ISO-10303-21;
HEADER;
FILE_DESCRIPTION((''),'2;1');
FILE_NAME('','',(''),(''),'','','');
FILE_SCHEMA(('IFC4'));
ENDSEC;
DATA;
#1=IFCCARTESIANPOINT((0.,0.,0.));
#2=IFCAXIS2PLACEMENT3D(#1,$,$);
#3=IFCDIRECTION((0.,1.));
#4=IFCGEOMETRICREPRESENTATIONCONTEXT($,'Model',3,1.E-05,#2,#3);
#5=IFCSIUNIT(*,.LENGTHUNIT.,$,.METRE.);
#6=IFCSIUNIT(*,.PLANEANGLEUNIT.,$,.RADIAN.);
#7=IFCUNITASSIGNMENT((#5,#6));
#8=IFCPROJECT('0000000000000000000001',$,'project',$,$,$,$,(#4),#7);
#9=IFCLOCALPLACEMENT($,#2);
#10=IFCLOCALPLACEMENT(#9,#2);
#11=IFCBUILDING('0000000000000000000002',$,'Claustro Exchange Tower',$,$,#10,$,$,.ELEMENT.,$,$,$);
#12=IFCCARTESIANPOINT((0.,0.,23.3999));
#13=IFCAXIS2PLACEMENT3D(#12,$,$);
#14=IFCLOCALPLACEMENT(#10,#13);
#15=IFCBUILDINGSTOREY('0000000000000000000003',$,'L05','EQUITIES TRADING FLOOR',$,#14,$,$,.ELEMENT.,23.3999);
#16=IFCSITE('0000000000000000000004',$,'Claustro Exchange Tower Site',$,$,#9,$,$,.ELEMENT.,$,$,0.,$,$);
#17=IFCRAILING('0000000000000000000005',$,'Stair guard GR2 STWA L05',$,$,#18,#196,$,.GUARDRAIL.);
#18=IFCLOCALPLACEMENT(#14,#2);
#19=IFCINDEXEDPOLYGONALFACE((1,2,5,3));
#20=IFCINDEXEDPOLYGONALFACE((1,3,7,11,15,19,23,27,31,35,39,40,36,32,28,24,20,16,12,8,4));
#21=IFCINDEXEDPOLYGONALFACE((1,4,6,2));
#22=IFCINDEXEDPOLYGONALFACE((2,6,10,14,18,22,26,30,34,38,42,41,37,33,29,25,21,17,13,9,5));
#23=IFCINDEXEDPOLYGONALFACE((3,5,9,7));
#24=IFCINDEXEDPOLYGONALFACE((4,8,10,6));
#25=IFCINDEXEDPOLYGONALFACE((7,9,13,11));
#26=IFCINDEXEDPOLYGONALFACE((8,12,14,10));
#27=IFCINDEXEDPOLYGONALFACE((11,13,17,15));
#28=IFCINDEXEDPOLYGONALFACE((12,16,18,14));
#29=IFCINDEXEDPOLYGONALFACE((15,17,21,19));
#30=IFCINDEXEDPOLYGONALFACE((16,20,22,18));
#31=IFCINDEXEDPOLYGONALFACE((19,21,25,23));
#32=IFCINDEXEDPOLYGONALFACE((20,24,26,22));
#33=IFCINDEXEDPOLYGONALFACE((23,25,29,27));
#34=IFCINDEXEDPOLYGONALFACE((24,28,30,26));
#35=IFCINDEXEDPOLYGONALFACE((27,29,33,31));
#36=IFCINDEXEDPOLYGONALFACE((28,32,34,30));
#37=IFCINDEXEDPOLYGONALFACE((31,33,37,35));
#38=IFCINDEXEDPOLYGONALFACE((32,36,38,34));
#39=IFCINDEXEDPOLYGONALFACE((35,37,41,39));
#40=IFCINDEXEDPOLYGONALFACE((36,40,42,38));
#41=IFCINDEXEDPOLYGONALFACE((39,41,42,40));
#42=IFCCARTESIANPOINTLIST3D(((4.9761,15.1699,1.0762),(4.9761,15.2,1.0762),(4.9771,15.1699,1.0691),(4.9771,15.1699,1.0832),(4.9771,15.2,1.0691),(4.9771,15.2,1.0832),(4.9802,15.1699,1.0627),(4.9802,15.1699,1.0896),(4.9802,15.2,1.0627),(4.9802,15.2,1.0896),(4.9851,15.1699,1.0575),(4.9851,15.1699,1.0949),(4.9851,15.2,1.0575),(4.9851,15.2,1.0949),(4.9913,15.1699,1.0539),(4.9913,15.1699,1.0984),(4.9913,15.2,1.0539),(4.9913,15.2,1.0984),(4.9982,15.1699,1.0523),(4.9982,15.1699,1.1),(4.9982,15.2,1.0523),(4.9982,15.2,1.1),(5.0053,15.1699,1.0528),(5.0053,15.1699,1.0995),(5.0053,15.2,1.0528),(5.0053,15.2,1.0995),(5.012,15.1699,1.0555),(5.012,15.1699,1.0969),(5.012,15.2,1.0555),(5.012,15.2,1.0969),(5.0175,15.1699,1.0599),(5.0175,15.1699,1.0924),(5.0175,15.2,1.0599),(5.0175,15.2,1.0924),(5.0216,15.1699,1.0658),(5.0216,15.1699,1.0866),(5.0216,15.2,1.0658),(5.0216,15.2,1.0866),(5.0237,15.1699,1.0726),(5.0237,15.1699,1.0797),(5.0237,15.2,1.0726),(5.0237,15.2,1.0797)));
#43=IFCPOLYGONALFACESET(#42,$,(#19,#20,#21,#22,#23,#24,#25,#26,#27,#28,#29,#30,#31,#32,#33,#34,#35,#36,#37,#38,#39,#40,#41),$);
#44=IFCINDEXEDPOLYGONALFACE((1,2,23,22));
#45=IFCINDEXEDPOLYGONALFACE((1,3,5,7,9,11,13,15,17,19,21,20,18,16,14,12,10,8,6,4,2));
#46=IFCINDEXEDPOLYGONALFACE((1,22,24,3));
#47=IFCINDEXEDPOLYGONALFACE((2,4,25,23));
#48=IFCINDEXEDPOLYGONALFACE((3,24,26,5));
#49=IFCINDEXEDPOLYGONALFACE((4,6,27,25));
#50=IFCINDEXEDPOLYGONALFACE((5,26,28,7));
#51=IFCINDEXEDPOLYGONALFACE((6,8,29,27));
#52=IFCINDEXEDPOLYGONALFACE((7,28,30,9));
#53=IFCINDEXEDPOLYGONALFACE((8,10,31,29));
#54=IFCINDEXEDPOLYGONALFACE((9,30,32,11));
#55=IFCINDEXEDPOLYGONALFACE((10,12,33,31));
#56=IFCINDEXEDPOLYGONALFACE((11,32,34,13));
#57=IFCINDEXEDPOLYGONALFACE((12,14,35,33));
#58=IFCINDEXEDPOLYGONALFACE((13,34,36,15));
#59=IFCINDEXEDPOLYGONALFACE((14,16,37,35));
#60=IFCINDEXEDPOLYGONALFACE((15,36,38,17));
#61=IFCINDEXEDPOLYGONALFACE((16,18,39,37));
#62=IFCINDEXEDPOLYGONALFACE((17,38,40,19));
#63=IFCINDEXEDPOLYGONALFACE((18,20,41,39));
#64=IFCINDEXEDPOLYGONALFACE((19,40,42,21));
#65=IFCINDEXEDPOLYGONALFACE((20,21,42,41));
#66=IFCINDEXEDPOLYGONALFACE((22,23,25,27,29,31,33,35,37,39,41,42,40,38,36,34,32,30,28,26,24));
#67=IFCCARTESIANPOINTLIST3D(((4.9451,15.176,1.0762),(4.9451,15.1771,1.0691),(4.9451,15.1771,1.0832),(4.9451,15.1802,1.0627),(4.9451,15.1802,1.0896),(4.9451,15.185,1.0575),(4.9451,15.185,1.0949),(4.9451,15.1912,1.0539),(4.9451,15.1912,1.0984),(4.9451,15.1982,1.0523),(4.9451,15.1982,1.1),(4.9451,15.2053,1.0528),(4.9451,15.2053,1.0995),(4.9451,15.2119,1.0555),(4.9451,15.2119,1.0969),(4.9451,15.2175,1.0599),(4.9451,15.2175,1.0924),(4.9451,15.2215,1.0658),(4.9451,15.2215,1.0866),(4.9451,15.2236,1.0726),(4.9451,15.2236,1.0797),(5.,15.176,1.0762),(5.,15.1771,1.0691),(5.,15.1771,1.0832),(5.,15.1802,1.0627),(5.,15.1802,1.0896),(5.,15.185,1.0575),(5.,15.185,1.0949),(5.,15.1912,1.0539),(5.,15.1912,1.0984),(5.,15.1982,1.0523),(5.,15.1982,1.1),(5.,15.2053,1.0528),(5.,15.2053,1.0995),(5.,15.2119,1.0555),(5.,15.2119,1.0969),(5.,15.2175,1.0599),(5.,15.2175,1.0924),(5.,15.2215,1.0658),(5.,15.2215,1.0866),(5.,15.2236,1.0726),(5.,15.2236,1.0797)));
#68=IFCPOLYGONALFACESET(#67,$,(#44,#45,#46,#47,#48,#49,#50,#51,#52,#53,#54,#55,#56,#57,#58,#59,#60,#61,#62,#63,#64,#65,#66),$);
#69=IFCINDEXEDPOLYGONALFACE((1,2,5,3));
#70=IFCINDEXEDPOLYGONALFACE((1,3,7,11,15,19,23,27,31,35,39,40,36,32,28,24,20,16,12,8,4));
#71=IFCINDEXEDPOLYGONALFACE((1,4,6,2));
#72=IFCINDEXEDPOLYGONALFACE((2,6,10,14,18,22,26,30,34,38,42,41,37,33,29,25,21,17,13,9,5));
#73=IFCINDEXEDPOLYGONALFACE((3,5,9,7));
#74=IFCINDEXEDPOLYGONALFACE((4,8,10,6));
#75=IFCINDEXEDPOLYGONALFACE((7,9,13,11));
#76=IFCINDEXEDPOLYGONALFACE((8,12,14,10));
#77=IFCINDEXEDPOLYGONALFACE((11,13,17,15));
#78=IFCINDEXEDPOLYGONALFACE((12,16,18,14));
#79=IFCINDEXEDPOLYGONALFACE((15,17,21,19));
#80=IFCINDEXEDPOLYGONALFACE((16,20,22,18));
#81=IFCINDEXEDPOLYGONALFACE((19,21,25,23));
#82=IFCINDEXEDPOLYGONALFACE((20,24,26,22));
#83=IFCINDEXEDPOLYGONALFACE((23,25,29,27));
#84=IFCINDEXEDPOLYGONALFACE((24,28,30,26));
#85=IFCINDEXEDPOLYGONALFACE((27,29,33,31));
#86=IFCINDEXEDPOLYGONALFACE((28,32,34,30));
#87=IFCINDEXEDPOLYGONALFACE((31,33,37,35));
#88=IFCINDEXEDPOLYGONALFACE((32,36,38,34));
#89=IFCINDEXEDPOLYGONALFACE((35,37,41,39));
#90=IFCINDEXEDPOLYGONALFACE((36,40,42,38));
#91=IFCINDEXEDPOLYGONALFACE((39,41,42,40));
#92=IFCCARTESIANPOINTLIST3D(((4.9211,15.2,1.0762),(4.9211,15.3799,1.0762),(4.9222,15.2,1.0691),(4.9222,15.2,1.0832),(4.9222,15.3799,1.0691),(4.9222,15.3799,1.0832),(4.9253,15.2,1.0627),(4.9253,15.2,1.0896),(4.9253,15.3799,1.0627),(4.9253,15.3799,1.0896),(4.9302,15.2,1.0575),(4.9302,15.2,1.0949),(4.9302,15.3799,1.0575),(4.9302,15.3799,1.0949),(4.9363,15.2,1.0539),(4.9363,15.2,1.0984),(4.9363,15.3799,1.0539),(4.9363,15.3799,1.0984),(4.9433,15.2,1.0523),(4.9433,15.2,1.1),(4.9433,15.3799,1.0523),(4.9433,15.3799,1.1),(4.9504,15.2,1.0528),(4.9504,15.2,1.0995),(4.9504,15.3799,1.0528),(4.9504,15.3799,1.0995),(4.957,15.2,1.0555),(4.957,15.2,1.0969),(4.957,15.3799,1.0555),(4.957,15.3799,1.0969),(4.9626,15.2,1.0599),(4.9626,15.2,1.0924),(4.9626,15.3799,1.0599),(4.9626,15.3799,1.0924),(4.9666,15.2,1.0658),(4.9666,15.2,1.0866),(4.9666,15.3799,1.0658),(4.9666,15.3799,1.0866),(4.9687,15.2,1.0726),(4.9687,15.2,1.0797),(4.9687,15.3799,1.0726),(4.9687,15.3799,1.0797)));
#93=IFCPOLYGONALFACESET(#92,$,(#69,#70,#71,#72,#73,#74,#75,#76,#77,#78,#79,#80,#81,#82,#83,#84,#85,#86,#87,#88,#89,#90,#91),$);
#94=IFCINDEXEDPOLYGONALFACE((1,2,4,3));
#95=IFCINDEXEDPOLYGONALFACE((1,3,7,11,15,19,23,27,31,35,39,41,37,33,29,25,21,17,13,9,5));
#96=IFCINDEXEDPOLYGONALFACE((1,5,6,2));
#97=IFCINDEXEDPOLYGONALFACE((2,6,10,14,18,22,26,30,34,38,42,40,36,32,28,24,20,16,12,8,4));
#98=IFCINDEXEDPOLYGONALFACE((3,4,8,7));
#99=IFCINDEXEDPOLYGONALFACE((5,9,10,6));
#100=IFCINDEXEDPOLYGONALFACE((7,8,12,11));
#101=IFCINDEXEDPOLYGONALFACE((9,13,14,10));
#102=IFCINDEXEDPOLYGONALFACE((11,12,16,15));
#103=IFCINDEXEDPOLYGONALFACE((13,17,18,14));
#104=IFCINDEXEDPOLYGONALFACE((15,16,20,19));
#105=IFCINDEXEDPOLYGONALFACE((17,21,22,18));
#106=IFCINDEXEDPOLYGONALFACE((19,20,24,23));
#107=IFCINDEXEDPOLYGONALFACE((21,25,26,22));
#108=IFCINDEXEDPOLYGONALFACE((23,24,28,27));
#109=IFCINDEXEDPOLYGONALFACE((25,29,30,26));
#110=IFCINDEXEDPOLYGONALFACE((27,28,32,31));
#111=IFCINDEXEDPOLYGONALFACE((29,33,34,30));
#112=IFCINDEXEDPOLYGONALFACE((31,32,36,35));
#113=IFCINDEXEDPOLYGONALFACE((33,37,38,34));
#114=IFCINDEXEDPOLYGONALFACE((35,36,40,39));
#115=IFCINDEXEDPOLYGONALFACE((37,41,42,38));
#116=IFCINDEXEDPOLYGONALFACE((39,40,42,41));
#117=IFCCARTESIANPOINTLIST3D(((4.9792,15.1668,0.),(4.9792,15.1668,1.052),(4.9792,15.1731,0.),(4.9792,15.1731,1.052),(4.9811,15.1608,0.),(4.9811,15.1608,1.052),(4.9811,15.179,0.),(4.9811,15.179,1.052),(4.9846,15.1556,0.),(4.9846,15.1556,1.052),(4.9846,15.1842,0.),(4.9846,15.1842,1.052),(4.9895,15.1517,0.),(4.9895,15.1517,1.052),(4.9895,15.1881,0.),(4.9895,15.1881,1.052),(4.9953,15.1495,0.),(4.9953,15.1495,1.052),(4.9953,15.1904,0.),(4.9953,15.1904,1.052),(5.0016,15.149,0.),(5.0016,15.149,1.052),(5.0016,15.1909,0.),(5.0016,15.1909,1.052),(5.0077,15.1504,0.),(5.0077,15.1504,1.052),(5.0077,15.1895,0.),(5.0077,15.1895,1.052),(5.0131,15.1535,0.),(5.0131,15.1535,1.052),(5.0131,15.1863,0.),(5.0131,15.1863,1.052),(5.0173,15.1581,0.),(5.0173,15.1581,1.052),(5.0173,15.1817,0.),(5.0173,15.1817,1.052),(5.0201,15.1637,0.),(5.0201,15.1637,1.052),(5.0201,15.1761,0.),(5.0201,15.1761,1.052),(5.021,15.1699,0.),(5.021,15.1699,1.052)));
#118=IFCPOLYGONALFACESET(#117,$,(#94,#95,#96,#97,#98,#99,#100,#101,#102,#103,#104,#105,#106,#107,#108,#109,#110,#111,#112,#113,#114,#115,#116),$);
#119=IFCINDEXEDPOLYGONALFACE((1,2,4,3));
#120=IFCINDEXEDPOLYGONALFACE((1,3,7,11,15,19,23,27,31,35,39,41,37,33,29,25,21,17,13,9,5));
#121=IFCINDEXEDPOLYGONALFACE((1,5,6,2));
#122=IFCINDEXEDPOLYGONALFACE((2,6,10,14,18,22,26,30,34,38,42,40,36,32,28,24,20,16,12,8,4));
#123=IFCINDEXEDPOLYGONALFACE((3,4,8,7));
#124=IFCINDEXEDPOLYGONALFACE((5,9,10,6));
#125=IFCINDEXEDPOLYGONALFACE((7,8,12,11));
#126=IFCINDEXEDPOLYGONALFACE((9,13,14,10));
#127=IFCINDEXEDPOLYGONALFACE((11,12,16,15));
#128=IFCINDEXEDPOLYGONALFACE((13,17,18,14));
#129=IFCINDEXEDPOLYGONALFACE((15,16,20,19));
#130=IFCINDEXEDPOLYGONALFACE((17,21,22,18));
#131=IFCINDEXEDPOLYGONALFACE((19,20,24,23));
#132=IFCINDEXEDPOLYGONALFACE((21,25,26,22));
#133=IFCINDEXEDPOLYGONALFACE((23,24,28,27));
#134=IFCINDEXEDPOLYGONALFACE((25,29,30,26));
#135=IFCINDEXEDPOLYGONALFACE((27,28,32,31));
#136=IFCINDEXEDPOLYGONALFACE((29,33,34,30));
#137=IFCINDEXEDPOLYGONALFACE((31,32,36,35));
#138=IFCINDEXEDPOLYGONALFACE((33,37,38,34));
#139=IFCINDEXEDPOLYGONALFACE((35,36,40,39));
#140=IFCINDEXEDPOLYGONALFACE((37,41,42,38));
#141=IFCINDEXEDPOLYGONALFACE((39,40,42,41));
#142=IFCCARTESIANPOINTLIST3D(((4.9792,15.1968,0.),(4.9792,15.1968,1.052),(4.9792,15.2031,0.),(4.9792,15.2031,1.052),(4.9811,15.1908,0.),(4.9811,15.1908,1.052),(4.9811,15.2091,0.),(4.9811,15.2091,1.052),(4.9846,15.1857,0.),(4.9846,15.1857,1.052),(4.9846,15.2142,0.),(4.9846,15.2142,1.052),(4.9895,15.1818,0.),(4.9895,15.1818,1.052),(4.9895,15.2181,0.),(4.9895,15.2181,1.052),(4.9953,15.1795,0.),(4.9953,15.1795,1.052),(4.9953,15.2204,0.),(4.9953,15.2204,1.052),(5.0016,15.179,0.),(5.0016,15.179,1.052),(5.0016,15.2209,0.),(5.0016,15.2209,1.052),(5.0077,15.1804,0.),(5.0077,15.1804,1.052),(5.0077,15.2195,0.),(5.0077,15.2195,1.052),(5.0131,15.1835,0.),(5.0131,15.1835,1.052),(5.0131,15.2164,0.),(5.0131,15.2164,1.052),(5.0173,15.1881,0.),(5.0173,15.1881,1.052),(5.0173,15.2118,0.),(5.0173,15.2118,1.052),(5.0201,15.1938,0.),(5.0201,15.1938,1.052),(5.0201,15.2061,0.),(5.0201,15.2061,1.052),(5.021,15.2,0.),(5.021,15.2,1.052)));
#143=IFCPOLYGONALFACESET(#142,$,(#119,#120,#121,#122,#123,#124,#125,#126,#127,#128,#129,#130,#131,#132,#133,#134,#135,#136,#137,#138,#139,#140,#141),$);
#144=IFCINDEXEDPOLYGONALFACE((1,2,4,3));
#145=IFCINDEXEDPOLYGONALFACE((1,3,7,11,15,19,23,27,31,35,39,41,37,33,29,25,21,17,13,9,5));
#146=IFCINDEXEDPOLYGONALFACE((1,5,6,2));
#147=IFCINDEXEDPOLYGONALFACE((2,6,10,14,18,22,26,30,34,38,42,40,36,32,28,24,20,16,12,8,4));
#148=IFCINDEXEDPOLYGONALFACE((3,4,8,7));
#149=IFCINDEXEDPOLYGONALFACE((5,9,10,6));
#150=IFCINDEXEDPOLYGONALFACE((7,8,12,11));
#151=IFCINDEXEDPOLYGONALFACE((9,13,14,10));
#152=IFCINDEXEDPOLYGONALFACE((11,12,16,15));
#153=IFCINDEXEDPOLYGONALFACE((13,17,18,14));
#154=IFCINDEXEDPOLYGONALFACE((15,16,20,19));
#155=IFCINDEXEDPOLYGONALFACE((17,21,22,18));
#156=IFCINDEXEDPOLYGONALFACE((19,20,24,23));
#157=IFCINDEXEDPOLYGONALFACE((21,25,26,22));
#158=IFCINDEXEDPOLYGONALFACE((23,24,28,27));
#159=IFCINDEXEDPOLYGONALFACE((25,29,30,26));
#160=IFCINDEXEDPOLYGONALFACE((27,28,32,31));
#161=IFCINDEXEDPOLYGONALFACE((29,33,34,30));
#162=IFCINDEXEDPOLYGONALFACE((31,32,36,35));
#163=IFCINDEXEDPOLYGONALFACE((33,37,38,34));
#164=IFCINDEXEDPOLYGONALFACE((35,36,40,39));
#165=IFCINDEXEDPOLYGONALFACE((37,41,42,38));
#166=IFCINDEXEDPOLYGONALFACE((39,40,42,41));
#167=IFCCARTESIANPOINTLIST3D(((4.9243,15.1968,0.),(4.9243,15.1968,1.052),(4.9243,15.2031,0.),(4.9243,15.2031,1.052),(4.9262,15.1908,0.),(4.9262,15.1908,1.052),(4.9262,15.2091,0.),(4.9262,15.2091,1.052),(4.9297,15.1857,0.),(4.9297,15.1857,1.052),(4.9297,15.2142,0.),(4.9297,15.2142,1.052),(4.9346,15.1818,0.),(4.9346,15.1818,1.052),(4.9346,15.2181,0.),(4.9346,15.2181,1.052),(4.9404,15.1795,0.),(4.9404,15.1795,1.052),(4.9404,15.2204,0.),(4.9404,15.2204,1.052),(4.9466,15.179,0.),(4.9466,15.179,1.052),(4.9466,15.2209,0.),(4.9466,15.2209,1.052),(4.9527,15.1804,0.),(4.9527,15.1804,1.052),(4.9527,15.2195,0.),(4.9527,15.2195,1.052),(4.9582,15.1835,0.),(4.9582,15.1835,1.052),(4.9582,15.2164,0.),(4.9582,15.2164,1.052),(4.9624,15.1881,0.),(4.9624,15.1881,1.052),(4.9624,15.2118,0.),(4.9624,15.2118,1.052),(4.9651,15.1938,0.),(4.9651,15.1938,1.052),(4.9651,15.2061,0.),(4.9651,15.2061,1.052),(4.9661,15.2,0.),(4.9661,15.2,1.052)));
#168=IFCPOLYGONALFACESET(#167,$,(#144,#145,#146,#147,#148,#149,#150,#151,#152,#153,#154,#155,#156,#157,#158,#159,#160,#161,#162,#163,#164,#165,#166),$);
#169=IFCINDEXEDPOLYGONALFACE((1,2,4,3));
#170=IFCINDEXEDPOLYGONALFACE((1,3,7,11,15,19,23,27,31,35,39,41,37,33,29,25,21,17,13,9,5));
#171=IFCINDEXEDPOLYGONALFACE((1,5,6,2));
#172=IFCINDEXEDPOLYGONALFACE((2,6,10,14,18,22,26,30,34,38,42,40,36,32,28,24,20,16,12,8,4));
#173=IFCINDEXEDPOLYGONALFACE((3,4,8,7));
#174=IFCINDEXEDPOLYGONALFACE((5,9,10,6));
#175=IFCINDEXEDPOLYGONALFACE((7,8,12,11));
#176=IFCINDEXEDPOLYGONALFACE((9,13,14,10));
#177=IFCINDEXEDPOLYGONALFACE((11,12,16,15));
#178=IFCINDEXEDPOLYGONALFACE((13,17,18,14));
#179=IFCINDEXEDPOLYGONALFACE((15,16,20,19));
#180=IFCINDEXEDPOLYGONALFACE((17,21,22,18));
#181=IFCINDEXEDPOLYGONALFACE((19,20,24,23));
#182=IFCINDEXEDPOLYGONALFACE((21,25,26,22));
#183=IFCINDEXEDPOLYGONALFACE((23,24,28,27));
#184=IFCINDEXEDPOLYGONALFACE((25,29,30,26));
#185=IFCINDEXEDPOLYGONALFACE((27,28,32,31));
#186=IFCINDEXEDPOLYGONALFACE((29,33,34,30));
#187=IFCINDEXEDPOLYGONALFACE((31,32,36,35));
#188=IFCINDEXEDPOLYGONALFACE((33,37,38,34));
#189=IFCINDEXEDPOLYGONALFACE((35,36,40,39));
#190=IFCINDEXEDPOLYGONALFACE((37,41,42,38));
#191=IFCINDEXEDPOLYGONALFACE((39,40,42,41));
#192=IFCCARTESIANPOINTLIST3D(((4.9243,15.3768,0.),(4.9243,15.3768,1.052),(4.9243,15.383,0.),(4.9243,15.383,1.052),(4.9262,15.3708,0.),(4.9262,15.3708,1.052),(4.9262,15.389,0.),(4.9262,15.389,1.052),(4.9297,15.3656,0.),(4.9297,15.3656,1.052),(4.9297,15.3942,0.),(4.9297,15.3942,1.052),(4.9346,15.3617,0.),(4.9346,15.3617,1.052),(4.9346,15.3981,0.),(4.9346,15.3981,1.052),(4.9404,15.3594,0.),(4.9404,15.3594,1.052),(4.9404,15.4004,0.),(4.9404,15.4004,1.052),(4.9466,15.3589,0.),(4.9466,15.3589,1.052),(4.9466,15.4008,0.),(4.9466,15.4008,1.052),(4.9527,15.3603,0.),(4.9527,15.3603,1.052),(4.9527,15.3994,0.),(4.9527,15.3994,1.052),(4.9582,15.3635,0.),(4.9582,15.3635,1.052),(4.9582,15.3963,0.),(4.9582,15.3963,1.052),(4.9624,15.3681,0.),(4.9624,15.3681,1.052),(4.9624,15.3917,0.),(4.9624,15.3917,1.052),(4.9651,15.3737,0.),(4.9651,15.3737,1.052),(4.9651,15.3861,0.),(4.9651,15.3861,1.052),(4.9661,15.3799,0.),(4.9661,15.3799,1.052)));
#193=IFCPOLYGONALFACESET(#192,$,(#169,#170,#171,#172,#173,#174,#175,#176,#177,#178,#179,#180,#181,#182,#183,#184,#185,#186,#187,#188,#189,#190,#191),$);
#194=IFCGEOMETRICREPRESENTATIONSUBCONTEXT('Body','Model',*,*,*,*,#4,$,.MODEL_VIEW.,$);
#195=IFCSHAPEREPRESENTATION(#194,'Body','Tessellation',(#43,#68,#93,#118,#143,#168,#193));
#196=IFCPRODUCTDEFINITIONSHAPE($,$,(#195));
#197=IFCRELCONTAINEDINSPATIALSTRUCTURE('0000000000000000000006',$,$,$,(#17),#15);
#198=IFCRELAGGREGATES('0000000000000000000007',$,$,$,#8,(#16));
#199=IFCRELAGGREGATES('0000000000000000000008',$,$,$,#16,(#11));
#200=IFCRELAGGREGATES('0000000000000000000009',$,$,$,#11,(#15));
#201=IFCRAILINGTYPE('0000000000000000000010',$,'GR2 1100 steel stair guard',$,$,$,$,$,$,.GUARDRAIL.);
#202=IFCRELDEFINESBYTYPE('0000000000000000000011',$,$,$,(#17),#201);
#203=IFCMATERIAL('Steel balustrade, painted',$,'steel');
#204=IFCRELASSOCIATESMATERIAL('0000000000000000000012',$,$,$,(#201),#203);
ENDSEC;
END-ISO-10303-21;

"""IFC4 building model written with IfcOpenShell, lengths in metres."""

from ifc_helpers import new_model, si_unit, direction, frame, origin, origin_2d, place, context, subcontext, project, spatial, circle, extrude, material, type_object, element, save


model = new_model("IFC4")

# Units and contexts
model_context = context("Model", 3, precision=1e-05, world=origin(), true_north=direction((0.0, 1.0)))
body_context = subcontext(model_context, "Body", "Model", "MODEL_VIEW")
ifc_project = project(units=[si_unit("LENGTHUNIT", "METRE"), si_unit("PLANEANGLEUNIT", "RADIAN")], contexts=[model_context])

# Site, building, storey
site_placement = place(None, origin())
site = spatial("IfcSite", under=ifc_project, at=site_placement, Name="Claustro Exchange Tower Site", CompositionType="ELEMENT", RefElevation=0.0)
building_placement = place(site_placement, origin())
building = spatial("IfcBuilding", under=site, at=building_placement, Name="Claustro Exchange Tower", CompositionType="ELEMENT")
storey_placement = place(building_placement, frame((0.0, 0.0, 23.3999)))
storey = spatial("IfcBuildingStorey", under=building, at=storey_placement, Name="L05", Description="EQUITIES TRADING FLOOR", CompositionType="ELEMENT", Elevation=23.3999)

# Railing
ifc_material_1 = material(Name="Steel balustrade, painted", Category="steel")
railing_type_1 = type_object("IfcRailingType", Name="GR2 1100 steel stair guard", PredefinedType="GUARDRAIL", material=ifc_material_1)
railing_1_placement = place(storey_placement, frame((5.0, 15.1699, 0.0)))
element("IfcRailing", 1, at=railing_1_placement, inside=storey, type_object=railing_type_1, Name="Stair guard GR2 STWA L05", PredefinedType="GUARDRAIL", context=body_context, shape_type="SweptSolid", body=[
    extrude(circle(Radius=0.0239, at=origin_2d()), frame((0.0, 0.0, 1.0762), z_axis=(0.0, 1.0, 0.0), x_axis=(-1.0, 0.0, 0.0)), (0.0, 0.0, 1.0), 0.03),
    extrude(circle(Radius=0.0239, at=origin_2d()), frame((0.0, 0.03, 1.0762), z_axis=(-1.0, 0.0, 0.0), x_axis=(0.0, -1.0, 0.0)), (0.0, 0.0, 1.0), 0.0549),
    extrude(circle(Radius=0.0239, at=origin_2d()), frame((-0.0549, 0.03, 1.0762), z_axis=(0.0, 1.0, 0.0), x_axis=(-1.0, 0.0, 0.0)), (0.0, 0.0, 1.0), 0.1799),
    extrude(circle(Radius=0.021, at=origin_2d()), origin(), (0.0, 0.0, 1.0), 1.052),
    extrude(circle(Radius=0.021, at=origin_2d()), frame((0.0, 0.03, 0.0)), (0.0, 0.0, 1.0), 1.052),
    extrude(circle(Radius=0.021, at=origin_2d()), frame((-0.0549, 0.03, 0.0)), (0.0, 0.0, 1.0), 1.052),
    extrude(circle(Radius=0.021, at=origin_2d()), frame((-0.0549, 0.21, 0.0)), (0.0, 0.0, 1.0), 1.052),
])

save(model, "model.ifc")
